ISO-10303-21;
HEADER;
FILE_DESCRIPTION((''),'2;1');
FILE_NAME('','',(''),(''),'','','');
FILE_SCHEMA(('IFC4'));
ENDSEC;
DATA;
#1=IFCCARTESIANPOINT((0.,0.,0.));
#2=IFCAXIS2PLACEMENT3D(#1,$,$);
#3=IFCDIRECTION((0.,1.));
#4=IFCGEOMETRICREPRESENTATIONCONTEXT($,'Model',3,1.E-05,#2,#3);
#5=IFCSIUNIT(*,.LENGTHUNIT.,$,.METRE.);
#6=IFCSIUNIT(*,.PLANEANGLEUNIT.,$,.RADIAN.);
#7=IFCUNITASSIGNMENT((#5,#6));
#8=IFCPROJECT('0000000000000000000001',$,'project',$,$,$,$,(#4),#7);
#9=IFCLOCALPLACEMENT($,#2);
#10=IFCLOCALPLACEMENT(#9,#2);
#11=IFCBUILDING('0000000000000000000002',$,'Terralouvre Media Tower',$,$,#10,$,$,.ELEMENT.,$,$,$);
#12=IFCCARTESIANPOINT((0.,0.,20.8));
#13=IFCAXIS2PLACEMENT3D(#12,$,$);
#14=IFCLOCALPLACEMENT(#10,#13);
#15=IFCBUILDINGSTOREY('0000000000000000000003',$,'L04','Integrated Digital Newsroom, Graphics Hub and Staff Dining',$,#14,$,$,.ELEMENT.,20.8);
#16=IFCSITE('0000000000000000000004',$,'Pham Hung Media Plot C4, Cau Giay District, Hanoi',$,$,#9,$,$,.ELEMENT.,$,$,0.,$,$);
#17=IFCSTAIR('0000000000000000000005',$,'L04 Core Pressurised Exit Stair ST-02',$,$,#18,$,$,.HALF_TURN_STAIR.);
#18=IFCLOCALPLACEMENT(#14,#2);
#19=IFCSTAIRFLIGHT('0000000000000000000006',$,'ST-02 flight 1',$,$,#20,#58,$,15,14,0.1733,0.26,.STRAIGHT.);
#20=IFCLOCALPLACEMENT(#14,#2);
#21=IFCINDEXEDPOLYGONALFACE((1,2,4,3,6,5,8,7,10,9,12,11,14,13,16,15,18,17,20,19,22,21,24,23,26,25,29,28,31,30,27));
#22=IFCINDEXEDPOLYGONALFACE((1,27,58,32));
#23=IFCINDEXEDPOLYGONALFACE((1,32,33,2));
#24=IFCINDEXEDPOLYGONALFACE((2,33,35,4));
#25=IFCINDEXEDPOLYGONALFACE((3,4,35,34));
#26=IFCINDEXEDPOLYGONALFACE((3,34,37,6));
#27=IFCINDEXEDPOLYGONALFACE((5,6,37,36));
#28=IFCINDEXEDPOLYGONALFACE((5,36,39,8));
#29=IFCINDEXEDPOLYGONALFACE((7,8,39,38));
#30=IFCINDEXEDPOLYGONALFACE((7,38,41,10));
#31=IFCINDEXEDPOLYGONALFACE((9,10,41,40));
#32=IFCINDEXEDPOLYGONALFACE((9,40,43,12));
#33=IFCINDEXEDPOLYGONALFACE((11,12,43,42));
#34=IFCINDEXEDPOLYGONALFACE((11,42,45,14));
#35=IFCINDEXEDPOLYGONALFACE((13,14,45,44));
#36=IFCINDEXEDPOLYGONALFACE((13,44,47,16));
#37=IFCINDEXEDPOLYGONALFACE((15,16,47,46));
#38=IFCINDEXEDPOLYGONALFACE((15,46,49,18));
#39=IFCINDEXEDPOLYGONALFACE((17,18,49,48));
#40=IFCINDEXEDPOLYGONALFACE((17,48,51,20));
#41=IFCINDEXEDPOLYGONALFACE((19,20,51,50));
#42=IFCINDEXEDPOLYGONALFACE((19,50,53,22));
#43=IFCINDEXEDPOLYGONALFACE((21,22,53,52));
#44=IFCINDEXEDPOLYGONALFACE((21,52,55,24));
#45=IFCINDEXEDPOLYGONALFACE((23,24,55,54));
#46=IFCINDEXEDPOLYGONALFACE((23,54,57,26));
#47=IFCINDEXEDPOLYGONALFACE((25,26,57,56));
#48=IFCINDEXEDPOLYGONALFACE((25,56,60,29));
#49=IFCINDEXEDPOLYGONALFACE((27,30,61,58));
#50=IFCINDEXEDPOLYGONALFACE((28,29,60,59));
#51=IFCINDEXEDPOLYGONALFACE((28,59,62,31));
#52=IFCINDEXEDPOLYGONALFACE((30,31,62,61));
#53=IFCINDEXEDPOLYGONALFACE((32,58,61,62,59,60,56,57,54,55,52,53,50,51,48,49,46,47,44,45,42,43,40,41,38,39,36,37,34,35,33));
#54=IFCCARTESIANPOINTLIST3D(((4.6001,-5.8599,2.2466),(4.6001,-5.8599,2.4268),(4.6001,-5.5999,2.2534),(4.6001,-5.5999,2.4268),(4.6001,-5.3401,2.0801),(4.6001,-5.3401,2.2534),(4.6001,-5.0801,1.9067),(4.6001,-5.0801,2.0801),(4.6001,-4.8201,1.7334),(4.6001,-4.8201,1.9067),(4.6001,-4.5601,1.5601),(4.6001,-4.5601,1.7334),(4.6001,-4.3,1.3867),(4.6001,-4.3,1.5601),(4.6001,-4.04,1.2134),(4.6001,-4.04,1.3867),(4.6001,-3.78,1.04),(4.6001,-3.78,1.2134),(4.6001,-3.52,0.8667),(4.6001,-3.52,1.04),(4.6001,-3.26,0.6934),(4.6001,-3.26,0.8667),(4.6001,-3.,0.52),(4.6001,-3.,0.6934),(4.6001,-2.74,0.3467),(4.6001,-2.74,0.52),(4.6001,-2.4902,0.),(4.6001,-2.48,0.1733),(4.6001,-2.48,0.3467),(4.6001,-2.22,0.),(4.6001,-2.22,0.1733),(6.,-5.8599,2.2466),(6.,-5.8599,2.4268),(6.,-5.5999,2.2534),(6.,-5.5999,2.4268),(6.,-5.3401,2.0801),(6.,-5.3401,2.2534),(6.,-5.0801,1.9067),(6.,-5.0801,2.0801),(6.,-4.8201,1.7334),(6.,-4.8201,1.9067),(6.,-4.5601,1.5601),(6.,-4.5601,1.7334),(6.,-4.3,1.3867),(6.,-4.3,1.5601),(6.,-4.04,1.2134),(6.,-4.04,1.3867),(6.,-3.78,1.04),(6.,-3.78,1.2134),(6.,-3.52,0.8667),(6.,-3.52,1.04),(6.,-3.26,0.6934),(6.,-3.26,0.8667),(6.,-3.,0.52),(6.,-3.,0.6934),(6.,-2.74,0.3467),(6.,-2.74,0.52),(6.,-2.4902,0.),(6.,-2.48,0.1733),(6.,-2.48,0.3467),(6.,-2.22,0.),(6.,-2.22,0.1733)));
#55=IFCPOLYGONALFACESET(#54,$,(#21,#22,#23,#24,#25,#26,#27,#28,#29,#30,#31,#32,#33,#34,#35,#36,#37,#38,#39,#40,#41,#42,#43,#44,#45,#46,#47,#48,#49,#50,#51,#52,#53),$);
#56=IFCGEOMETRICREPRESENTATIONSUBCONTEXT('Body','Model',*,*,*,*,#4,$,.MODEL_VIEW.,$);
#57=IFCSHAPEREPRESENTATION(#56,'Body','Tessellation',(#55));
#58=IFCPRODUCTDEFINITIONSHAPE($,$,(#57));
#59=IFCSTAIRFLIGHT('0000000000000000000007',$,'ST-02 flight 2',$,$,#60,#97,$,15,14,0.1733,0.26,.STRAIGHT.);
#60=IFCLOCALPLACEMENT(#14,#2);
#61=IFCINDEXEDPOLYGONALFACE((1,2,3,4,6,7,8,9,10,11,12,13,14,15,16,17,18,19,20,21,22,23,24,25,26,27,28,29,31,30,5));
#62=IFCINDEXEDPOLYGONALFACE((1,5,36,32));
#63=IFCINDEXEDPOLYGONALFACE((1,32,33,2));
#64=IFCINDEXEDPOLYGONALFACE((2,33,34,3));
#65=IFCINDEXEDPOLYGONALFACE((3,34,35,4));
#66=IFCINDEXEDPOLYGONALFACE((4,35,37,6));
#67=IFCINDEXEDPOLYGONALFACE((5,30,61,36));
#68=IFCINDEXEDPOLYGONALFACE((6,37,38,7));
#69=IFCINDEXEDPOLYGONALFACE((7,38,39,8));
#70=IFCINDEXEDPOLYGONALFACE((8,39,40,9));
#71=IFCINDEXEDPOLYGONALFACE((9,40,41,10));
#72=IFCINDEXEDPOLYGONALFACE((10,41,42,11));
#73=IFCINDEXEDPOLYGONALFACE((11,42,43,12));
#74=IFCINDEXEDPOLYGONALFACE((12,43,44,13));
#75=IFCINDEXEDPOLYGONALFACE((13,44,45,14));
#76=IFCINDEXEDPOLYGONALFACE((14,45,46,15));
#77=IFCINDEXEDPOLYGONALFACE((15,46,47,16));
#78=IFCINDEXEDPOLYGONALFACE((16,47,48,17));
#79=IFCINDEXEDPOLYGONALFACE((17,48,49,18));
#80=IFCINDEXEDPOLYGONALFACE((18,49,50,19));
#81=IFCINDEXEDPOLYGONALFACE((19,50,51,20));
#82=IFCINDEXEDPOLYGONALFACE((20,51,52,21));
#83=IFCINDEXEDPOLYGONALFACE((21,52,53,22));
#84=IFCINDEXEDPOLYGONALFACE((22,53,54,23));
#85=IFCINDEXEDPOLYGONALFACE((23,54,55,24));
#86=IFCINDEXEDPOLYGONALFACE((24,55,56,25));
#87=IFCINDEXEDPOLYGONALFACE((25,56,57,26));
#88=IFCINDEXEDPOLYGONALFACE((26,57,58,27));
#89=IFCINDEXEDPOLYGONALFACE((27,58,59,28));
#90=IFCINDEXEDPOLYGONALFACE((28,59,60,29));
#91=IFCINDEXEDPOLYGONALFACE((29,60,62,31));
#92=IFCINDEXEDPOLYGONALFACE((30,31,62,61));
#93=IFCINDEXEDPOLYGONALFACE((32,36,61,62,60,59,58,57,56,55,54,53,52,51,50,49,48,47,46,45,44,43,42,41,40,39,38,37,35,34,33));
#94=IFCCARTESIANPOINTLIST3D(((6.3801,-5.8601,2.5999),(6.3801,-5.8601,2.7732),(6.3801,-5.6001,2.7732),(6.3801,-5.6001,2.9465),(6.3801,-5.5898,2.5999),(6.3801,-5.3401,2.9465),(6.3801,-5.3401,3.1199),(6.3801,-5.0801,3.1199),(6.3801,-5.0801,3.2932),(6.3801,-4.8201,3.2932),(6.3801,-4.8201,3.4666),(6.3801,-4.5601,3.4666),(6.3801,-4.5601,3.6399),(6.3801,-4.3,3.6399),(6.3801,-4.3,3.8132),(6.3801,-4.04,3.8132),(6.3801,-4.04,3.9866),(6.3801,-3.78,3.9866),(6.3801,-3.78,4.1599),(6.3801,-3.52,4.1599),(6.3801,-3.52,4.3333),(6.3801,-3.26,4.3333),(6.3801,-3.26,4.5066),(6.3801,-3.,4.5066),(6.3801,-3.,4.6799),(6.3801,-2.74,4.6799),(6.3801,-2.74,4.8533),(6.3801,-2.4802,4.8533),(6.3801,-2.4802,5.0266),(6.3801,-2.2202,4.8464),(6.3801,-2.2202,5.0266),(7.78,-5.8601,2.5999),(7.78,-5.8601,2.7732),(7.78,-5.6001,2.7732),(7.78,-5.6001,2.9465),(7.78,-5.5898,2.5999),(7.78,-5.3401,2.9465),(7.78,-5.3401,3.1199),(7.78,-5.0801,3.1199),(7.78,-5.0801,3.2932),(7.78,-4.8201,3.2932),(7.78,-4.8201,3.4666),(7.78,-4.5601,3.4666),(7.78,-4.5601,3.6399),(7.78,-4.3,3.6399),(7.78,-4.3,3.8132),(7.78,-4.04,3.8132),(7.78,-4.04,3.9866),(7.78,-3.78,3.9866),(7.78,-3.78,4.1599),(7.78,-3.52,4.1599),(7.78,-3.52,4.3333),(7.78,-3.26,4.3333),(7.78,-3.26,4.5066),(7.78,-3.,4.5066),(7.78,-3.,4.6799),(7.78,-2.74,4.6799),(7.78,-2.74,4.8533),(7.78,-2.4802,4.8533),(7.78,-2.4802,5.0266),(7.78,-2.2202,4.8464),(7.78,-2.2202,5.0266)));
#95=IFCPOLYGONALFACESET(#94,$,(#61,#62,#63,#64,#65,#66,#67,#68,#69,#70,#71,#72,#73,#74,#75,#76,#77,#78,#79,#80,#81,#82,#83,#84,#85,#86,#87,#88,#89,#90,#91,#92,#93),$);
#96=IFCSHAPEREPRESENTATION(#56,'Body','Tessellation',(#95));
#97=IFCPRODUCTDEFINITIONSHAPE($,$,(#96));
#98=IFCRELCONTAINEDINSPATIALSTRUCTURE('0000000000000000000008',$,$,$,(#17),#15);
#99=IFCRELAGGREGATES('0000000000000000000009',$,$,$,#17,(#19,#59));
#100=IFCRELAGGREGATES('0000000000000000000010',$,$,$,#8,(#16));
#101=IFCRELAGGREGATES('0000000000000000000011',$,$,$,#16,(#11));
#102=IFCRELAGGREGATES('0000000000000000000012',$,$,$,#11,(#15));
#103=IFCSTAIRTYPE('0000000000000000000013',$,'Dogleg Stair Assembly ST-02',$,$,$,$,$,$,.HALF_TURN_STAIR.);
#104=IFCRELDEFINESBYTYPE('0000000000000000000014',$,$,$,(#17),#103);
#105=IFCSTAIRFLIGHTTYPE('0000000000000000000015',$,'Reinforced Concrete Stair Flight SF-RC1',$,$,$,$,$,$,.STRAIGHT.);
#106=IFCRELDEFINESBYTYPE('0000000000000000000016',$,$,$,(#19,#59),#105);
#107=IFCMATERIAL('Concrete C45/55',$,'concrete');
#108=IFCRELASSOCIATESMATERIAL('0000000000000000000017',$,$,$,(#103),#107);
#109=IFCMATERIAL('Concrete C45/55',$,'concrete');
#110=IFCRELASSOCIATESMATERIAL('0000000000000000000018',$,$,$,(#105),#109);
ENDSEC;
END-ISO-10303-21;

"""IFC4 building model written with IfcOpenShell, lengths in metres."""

from ifc_helpers import new_model, si_unit, direction, frame, origin, place, context, subcontext, project, spatial, polyline, outline, extrude, material, type_object, element, aggregate, save


model = new_model("IFC4")

# Units and contexts
model_context = context("Model", 3, precision=1e-05, world=origin(), true_north=direction((0.0, 1.0)))
body_context = subcontext(model_context, "Body", "Model", "MODEL_VIEW")
ifc_project = project(units=[si_unit("LENGTHUNIT", "METRE"), si_unit("PLANEANGLEUNIT", "RADIAN")], contexts=[model_context])

# Site, building, storey
site_placement = place(None, origin())
site = spatial("IfcSite", under=ifc_project, at=site_placement, Name="Pham Hung Media Plot C4, Cau Giay District, Hanoi", CompositionType="ELEMENT", RefElevation=0.0)
building_placement = place(site_placement, origin())
building = spatial("IfcBuilding", under=site, at=building_placement, Name="Terralouvre Media Tower", CompositionType="ELEMENT")
storey_placement = place(building_placement, frame((0.0, 0.0, 20.8)))
storey = spatial("IfcBuildingStorey", under=building, at=storey_placement, Name="L04", Description="Integrated Digital Newsroom, Graphics Hub and Staff Dining", CompositionType="ELEMENT", Elevation=20.8)

# Stair, stair flights
ifc_material_1 = material(Name="Concrete C45/55", Category="concrete")
stair_type_1 = type_object("IfcStairType", Name="Dogleg Stair Assembly ST-02", PredefinedType="HALF_TURN_STAIR", material=ifc_material_1)
stair_1_placement = place(storey_placement, origin())
stair_1 = element("IfcStair", 1, at=stair_1_placement, inside=storey, type_object=stair_type_1, Name="L04 Core Pressurised Exit Stair ST-02", PredefinedType="HALF_TURN_STAIR")
ifc_material_2 = material(Name="Concrete C45/55", Category="concrete")
stair_flight_type = type_object("IfcStairFlightType", Name="Reinforced Concrete Stair Flight SF-RC1", PredefinedType="STRAIGHT", material=ifc_material_2)
stair_flight_1_placement = place(storey_placement, frame((5.3, -2.22, 0.0), z_axis=(0.0, 0.0, 1.0), x_axis=(0.0, -1.0, 0.0)))
stair_flight_1 = element("IfcStairFlight", 2, at=stair_flight_1_placement, type_object=stair_flight_type, Name="ST-02 flight 1", NumberOfRisers=15, NumberOfTreads=14, PredefinedType="STRAIGHT", RiserHeight=0.1733, TreadLength=0.26, context=body_context, shape_type="SweptSolid", body=[
    extrude(outline(polyline([(0.0, 0.0), (0.0, 0.1733), (0.26, 0.1733), (0.26, 0.3467), (0.52, 0.3467), (0.52, 0.52), (0.78, 0.52), (0.78, 0.6934), (1.04, 0.6934), (1.04, 0.8667), (1.3, 0.8667), (1.3, 1.04), (1.5601, 1.04), (1.5601, 1.2134), (1.8201, 1.2134), (1.8201, 1.3867), (2.0801, 1.3867), (2.0801, 1.5601), (2.3401, 1.5601), (2.3401, 1.7334), (2.6001, 1.7334), (2.6001, 1.9067), (2.8601, 1.9067), (2.8601, 2.0801), (3.1201, 2.0801), (3.1201, 2.2534), (3.3799, 2.2534), (3.3799, 2.4268), (3.6399, 2.4268), (3.6399, 2.6001), (3.6399, 2.2466), (0.2703, 0.0), (0.0, 0.0)])), frame((0.0, 0.7, 0.0), z_axis=(0.0, -1.0, 0.0), x_axis=(1.0, 0.0, 0.0)), (0.0, 0.0, 1.0), 1.3999),
])
stair_flight_2_placement = place(storey_placement, frame((7.0801, -5.8601, 2.5999), z_axis=(0.0, 0.0, 1.0), x_axis=(0.0, 1.0, 0.0)))
stair_flight_2 = element("IfcStairFlight", 3, at=stair_flight_2_placement, type_object=stair_flight_type, Name="ST-02 flight 2", NumberOfRisers=15, NumberOfTreads=14, PredefinedType="STRAIGHT", RiserHeight=0.1733, TreadLength=0.26, context=body_context, shape_type="SweptSolid", body=[
    extrude(outline(polyline([(0.0, 0.0), (0.0, 0.1733), (0.26, 0.1733), (0.26, 0.3467), (0.52, 0.3467), (0.52, 0.52), (0.78, 0.52), (0.78, 0.6934), (1.04, 0.6934), (1.04, 0.8667), (1.3, 0.8667), (1.3, 1.04), (1.5601, 1.04), (1.5601, 1.2134), (1.8201, 1.2134), (1.8201, 1.3867), (2.0801, 1.3867), (2.0801, 1.5601), (2.3401, 1.5601), (2.3401, 1.7334), (2.6001, 1.7334), (2.6001, 1.9067), (2.8601, 1.9067), (2.8601, 2.0801), (3.1201, 2.0801), (3.1201, 2.2534), (3.3799, 2.2534), (3.3799, 2.4268), (3.6399, 2.4268), (3.6399, 2.6001), (3.6399, 2.2466), (0.2703, 0.0), (0.0, 0.0)])), frame((0.0, 0.7, 0.0), z_axis=(0.0, -1.0, 0.0), x_axis=(1.0, 0.0, 0.0)), (0.0, 0.0, 1.0), 1.3999),
])
aggregate(stair_1, [stair_flight_1, stair_flight_2])

save(model, "model.ifc")
